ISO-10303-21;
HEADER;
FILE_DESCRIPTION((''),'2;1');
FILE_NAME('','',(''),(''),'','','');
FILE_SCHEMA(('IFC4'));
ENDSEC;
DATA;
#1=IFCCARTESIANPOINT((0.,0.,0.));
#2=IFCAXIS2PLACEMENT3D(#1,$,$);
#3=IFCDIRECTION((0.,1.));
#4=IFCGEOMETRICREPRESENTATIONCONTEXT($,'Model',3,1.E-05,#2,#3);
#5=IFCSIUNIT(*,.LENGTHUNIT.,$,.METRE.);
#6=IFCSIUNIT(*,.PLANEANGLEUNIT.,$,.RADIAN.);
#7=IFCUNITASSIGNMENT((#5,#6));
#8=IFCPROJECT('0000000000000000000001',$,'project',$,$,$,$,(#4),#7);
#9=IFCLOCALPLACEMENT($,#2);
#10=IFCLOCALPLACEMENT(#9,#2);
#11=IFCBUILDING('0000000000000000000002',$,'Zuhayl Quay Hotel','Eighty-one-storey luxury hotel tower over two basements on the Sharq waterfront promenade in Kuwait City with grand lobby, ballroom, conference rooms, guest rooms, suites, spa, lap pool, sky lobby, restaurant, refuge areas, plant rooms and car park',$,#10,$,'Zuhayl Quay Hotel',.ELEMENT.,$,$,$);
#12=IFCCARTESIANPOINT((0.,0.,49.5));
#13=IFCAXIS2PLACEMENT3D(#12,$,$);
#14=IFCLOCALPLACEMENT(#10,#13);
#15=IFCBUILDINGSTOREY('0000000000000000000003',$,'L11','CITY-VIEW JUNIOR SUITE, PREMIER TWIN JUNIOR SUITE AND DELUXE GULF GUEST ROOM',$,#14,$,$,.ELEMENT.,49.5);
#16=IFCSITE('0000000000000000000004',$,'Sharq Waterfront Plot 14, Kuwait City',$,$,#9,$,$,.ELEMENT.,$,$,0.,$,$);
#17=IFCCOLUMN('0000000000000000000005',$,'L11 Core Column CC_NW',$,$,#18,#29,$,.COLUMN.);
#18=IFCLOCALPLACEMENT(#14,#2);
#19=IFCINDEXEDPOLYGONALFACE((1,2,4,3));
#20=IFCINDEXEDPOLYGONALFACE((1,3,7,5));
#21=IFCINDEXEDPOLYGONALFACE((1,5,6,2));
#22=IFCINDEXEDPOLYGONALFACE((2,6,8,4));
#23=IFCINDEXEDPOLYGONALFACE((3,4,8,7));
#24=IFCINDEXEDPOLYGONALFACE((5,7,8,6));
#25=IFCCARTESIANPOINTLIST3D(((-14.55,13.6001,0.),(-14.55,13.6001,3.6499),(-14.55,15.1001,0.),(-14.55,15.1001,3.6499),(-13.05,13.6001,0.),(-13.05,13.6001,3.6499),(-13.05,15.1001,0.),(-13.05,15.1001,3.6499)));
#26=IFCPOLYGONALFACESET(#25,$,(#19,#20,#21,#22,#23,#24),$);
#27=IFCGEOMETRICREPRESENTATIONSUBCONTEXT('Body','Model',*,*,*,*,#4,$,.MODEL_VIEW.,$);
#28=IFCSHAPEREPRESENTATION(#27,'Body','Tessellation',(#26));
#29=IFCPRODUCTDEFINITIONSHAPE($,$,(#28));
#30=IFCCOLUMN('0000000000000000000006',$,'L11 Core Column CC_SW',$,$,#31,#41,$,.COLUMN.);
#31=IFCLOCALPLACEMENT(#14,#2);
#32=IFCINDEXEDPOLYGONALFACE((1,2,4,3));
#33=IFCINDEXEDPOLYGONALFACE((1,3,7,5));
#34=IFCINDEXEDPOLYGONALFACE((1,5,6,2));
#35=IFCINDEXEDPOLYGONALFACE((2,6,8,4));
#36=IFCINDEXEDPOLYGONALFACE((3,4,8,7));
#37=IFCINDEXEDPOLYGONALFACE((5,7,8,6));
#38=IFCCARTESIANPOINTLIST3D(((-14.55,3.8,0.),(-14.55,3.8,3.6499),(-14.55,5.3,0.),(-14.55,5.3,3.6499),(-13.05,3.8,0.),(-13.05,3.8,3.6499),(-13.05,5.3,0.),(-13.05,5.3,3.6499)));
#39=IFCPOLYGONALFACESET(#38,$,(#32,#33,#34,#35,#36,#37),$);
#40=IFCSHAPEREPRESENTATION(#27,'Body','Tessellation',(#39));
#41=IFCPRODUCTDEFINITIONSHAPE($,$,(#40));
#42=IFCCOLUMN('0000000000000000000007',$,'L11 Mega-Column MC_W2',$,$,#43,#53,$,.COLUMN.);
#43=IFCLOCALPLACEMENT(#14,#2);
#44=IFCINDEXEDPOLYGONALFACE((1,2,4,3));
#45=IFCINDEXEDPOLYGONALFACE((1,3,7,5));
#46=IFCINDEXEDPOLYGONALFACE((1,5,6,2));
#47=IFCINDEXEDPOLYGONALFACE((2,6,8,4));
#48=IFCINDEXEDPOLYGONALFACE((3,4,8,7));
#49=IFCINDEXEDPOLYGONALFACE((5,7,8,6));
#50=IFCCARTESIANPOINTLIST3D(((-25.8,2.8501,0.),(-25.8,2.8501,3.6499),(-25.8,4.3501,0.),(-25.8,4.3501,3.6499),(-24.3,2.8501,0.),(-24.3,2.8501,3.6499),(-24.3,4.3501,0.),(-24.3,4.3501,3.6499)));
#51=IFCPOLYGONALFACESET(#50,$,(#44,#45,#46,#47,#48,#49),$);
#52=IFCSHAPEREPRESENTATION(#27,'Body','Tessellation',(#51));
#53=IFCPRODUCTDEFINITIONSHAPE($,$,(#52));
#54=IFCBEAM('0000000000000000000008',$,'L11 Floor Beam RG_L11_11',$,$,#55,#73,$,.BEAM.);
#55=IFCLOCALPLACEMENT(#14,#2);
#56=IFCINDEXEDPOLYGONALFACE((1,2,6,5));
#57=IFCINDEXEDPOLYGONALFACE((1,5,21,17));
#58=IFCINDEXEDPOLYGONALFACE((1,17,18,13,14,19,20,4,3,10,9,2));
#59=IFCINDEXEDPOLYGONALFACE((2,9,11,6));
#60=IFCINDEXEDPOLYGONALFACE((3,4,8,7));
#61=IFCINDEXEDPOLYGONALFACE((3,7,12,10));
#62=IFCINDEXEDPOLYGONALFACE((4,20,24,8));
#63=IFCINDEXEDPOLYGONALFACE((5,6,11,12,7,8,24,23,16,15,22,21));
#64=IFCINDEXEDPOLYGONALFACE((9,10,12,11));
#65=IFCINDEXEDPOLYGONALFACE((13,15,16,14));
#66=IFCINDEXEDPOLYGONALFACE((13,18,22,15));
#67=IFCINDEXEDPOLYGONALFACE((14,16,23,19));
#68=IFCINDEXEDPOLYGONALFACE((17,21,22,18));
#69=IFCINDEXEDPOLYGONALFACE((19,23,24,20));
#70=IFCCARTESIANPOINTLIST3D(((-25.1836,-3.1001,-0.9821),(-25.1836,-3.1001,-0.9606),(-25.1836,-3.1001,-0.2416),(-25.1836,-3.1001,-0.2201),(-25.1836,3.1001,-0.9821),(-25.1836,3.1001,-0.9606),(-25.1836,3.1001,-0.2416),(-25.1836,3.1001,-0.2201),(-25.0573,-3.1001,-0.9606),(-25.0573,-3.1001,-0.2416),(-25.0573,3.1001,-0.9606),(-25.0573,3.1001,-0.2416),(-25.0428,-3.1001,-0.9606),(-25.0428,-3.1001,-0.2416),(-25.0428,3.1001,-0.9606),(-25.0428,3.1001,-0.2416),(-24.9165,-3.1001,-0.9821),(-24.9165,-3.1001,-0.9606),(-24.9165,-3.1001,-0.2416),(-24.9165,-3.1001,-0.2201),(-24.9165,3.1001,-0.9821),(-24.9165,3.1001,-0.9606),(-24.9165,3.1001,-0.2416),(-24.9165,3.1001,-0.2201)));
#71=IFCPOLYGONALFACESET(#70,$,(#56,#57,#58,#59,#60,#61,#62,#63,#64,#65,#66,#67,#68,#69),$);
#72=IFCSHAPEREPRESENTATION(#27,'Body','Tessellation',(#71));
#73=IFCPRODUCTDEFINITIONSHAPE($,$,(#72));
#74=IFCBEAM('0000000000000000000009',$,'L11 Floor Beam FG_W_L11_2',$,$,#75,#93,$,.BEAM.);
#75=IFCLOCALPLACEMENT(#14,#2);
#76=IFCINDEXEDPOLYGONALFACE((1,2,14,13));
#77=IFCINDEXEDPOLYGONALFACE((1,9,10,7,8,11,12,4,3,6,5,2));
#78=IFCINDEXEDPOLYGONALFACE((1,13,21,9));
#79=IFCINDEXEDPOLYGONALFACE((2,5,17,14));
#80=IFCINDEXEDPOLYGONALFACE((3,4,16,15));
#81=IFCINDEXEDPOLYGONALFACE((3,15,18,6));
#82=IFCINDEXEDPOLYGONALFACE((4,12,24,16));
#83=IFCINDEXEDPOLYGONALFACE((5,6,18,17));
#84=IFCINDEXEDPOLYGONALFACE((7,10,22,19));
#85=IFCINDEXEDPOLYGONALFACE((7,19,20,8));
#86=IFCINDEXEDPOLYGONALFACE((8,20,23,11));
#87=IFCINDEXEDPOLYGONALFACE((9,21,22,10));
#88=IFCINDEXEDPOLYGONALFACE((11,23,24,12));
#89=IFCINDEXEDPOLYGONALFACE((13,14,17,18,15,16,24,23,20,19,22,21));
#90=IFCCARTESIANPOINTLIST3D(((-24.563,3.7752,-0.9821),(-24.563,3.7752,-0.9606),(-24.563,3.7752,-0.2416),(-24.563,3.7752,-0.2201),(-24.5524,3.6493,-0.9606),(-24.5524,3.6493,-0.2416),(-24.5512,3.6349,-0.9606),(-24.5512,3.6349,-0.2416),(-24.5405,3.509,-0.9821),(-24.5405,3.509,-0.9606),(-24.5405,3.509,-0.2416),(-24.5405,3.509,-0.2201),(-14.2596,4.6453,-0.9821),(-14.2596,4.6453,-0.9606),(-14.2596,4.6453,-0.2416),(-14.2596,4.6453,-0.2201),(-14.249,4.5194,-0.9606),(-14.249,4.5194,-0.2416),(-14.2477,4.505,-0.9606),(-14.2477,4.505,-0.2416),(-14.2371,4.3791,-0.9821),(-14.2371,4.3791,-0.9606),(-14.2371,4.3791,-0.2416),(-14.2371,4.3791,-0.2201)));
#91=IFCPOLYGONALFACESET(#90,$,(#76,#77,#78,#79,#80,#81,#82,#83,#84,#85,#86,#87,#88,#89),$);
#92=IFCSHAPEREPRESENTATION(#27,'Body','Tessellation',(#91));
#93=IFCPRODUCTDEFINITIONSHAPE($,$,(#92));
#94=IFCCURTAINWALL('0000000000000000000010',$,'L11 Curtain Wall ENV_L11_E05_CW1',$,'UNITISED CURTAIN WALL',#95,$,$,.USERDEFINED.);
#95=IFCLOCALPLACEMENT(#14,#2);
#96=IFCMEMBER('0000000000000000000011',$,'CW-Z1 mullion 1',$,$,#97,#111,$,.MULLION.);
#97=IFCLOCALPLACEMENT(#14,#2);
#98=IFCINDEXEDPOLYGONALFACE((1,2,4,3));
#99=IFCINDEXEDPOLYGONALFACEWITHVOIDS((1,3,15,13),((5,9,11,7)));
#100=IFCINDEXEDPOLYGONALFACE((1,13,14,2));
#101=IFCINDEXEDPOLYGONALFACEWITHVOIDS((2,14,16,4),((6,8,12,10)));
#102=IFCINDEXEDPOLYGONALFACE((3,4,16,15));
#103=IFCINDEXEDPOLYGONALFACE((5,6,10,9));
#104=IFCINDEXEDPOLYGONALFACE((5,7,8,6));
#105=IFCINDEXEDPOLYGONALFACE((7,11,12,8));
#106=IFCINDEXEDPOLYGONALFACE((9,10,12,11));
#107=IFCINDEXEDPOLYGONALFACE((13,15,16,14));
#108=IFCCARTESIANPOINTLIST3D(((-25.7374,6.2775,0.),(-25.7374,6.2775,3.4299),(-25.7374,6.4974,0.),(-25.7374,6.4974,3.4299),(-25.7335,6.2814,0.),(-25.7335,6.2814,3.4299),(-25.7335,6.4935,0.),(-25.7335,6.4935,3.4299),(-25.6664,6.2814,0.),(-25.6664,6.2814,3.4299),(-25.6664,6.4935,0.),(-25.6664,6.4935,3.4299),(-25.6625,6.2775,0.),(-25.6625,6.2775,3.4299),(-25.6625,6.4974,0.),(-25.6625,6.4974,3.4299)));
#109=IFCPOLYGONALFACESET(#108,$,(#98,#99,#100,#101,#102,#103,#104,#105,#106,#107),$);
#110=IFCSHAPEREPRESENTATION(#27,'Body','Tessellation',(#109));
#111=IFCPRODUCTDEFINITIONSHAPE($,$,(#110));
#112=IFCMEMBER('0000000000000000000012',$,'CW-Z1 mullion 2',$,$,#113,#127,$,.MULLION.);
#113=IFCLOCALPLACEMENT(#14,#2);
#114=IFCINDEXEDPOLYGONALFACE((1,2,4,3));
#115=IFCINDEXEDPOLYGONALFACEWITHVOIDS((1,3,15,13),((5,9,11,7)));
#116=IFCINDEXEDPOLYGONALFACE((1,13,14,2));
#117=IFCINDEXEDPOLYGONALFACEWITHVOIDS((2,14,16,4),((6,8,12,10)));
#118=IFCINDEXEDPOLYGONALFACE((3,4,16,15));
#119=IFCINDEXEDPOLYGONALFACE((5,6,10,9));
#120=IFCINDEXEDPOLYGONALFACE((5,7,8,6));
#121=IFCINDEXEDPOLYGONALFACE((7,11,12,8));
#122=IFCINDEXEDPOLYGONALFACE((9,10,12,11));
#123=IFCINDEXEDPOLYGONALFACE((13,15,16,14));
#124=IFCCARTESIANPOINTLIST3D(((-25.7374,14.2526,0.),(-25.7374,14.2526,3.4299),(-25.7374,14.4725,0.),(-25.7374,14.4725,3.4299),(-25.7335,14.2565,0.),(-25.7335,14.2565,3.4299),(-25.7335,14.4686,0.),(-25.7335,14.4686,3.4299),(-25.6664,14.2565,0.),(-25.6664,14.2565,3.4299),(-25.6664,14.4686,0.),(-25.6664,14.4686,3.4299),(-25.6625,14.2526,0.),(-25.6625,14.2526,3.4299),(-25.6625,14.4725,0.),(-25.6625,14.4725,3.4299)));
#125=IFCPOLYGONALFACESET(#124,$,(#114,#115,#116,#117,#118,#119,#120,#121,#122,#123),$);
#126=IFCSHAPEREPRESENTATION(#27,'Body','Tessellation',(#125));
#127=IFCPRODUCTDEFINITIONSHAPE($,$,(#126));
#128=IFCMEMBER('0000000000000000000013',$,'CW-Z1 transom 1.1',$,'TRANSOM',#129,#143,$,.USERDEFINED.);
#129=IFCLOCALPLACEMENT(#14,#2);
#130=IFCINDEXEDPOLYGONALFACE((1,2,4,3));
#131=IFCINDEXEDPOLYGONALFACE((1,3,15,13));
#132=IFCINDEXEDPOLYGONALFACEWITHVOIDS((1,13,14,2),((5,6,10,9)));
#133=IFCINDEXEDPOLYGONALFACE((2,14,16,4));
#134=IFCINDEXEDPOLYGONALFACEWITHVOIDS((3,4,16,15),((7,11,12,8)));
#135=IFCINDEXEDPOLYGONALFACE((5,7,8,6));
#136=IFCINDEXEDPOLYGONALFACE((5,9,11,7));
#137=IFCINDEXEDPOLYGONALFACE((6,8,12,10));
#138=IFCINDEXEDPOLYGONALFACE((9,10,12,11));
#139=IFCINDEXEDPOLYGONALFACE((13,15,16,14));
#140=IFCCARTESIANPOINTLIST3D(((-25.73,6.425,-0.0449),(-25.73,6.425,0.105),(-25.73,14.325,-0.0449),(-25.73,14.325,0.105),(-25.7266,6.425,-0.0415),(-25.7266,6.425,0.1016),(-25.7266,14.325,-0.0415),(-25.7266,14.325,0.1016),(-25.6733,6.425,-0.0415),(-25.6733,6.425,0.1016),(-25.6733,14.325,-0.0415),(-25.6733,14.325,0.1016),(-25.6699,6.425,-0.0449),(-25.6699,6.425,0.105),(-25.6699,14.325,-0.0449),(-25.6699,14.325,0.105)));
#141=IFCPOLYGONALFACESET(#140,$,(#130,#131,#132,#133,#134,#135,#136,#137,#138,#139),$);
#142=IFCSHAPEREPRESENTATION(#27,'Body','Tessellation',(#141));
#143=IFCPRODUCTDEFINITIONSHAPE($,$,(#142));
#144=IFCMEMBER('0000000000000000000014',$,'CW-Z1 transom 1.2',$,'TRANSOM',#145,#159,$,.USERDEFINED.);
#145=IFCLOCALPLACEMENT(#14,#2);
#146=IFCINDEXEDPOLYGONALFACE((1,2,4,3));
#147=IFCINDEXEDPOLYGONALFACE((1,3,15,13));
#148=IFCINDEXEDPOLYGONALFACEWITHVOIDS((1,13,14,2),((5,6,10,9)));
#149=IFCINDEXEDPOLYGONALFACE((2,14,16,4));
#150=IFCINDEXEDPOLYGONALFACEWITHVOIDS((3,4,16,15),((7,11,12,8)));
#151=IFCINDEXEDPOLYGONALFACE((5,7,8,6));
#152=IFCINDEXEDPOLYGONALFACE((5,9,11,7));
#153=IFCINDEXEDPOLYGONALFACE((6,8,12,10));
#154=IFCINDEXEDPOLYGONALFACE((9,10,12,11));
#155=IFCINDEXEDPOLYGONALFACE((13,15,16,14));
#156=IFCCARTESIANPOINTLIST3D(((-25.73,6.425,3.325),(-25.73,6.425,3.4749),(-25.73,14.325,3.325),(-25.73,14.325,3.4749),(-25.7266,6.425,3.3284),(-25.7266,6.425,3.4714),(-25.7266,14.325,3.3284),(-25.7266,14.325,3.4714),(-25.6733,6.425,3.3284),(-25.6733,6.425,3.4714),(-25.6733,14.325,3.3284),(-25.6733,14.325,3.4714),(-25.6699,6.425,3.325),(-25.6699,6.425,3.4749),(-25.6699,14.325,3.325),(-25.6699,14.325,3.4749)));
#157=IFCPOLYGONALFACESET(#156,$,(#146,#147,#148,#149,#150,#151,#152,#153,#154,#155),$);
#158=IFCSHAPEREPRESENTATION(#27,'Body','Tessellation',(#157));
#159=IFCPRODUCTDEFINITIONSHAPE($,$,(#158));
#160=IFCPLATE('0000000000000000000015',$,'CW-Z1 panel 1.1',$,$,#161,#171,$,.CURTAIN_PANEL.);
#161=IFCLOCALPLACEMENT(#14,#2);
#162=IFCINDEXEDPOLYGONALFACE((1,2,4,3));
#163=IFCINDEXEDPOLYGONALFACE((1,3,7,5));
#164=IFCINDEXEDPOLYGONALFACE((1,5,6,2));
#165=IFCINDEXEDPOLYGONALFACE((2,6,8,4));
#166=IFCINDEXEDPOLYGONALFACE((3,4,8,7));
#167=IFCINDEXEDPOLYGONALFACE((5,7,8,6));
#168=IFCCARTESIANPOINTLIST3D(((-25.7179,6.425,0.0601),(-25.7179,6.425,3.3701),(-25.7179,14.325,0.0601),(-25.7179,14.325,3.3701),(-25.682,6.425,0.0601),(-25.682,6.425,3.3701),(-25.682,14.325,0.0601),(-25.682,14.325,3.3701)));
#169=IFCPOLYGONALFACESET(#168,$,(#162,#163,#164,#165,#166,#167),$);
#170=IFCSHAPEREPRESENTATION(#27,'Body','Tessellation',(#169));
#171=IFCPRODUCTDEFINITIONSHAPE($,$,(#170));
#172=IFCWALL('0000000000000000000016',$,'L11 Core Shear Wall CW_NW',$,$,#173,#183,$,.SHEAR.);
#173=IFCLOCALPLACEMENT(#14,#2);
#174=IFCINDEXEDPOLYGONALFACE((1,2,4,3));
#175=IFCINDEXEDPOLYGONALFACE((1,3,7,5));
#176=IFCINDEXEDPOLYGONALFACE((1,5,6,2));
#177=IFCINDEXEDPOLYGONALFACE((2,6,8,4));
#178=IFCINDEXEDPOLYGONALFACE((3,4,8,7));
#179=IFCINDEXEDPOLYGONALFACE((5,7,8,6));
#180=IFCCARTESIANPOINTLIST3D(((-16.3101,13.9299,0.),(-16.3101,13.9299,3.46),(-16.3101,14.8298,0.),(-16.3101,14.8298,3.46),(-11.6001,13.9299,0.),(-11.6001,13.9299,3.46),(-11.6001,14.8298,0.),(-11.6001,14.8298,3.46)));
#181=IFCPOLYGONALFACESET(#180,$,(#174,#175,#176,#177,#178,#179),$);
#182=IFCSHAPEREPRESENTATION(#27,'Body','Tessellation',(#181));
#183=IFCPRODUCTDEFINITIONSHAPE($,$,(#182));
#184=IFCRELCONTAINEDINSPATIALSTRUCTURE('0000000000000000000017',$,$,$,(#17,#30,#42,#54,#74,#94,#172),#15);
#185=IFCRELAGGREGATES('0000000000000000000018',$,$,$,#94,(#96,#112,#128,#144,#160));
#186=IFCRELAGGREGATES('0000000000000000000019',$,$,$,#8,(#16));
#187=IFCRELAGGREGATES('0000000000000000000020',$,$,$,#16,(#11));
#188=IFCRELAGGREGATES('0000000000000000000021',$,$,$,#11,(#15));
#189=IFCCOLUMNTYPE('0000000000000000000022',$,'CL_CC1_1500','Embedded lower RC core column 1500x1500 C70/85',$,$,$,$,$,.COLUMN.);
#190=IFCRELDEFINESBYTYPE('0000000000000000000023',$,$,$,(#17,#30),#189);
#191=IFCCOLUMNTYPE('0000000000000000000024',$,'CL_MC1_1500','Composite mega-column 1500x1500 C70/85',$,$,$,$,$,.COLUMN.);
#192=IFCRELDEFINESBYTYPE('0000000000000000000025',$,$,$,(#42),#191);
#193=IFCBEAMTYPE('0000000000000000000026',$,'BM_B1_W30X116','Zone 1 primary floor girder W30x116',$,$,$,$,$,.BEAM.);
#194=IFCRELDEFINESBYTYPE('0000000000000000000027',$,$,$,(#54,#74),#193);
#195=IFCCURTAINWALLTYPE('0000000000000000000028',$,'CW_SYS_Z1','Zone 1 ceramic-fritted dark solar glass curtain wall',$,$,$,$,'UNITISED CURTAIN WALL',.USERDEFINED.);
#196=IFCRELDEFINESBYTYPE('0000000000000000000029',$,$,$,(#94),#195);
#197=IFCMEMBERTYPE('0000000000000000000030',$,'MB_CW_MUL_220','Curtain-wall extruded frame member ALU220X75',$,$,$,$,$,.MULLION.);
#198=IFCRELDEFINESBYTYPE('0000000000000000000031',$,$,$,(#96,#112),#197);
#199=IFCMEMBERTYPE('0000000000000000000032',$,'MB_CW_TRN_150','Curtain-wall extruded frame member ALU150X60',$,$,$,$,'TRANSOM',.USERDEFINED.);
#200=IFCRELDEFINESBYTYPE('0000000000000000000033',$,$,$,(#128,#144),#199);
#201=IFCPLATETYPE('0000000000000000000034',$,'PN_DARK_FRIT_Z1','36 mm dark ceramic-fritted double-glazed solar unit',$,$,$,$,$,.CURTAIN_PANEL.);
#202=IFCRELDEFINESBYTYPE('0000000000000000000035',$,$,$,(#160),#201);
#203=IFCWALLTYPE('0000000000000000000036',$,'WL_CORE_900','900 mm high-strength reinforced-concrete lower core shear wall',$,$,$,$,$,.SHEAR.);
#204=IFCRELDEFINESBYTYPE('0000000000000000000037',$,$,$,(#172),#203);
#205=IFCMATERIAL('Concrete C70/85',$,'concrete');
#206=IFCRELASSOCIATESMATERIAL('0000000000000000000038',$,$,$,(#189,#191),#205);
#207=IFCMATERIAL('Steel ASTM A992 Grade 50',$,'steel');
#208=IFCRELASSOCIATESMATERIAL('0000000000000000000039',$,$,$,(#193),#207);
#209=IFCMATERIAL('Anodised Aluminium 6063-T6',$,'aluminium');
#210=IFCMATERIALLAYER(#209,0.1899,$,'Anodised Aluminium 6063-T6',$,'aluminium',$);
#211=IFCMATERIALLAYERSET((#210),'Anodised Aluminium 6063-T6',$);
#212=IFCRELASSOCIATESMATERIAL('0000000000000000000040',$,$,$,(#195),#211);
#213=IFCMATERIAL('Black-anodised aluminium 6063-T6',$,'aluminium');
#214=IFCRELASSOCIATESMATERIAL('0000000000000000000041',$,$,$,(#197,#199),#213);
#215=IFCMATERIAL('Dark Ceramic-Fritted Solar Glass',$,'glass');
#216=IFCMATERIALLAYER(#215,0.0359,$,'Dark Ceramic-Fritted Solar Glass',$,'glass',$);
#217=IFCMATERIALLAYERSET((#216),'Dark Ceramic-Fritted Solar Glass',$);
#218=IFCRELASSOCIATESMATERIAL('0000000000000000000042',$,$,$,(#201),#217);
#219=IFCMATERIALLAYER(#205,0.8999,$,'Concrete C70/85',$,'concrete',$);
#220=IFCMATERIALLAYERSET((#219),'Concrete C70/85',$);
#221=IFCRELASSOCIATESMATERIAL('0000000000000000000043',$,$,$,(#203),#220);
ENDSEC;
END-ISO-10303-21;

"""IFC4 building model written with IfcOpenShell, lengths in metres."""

from ifc_helpers import new_model, si_unit, direction, frame, frame_2d, origin, origin_2d, place, context, subcontext, project, spatial, rectangle, hollow_rectangle, i_section, extrude, material, layer, layer_set, material_profile, profile_set, type_object, element, aggregate, save


model = new_model("IFC4")

# Units and contexts
model_context = context("Model", 3, precision=1e-05, world=origin(), true_north=direction((0.0, 1.0)))
body_context = subcontext(model_context, "Body", "Model", "MODEL_VIEW")
ifc_project = project(units=[si_unit("LENGTHUNIT", "METRE"), si_unit("PLANEANGLEUNIT", "RADIAN")], contexts=[model_context])

# Site, building, storey
site_placement = place(None, origin())
site = spatial("IfcSite", under=ifc_project, at=site_placement, Name="Sharq Waterfront Plot 14, Kuwait City", CompositionType="ELEMENT", RefElevation=0.0)
building_placement = place(site_placement, origin())
building = spatial("IfcBuilding", under=site, at=building_placement, Name="Zuhayl Quay Hotel", Description="Eighty-one-storey luxury hotel tower over two basements on the Sharq waterfront promenade in Kuwait City with grand lobby, ballroom, conference rooms, guest rooms, suites, spa, lap pool, sky lobby, restaurant, refuge areas, plant rooms and car park", LongName="Zuhayl Quay Hotel", CompositionType="ELEMENT")
storey_placement = place(building_placement, frame((0.0, 0.0, 49.5)))
storey = spatial("IfcBuildingStorey", under=building, at=storey_placement, Name="L11", Description="CITY-VIEW JUNIOR SUITE, PREMIER TWIN JUNIOR SUITE AND DELUXE GULF GUEST ROOM", CompositionType="ELEMENT", Elevation=49.5)

# Columns
ifc_material_1 = material(Name="Concrete C70/85", Category="concrete")
ifc_material_profile_1 = material_profile(ifc_material_1, rectangle(XDim=1.5, YDim=1.5, at=origin_2d()), Name="RC1500X1500")
ifc_profile_set_1 = profile_set([ifc_material_profile_1], Name="Concrete C70/85")
column_type_1 = type_object("IfcColumnType", Name="CL_CC1_1500", Description="Embedded lower RC core column 1500x1500 C70/85", PredefinedType="COLUMN", material=ifc_profile_set_1)
for number, where, z_axis, x_axis, name in (
    (1, (-13.8, 14.3501, 0.0), (0.0, 0.0, 1.0), (1.0, 0.0, 0.0), "L11 Core Column CC_NW"),
    (2, (-13.8, 4.55, 0.0), (0.0, 0.0, 1.0), (1.0, 0.0, 0.0), "L11 Core Column CC_SW"),
):
    element("IfcColumn", number, at=place(storey_placement, frame(where, z_axis=z_axis, x_axis=x_axis)), inside=storey, type_object=column_type_1, Name=name, PredefinedType="COLUMN", context=body_context, shape_type="SweptSolid", body=[
        extrude(rectangle(XDim=1.5, YDim=1.5, at=origin_2d()), origin(), (0.0, 0.0, 1.0), 3.6499),
    ])
ifc_material_profile_2 = material_profile(ifc_material_1, rectangle(XDim=1.5, YDim=1.5, at=origin_2d()), Name="RC1500X1500")
ifc_profile_set_2 = profile_set([ifc_material_profile_2], Name="Concrete C70/85")
column_type_2 = type_object("IfcColumnType", Name="CL_MC1_1500", Description="Composite mega-column 1500x1500 C70/85", PredefinedType="COLUMN", material=ifc_profile_set_2)
column_placement = place(storey_placement, frame((-25.05, 3.6001, 0.0), z_axis=(0.0, 0.0, 1.0), x_axis=(1.0, 0.0, 0.0)))
element("IfcColumn", 3, at=column_placement, inside=storey, type_object=column_type_2, Name="L11 Mega-Column MC_W2", PredefinedType="COLUMN", context=body_context, shape_type="SweptSolid", body=[
    extrude(rectangle(XDim=1.5, YDim=1.5, at=origin_2d()), origin(), (0.0, 0.0, 1.0), 3.6499),
])

# Beams
ifc_material_2 = material(Name="Steel ASTM A992 Grade 50", Category="steel")
ifc_material_profile_3 = material_profile(ifc_material_2, i_section(OverallWidth=0.2671, OverallDepth=0.762, WebThickness=0.0144, FlangeThickness=0.0215, at=origin_2d()), Name="W30X116")
ifc_profile_set_3 = profile_set([ifc_material_profile_3], Name="Steel ASTM A992 Grade 50")
beam_type = type_object("IfcBeamType", Name="BM_B1_W30X116", Description="Zone 1 primary floor girder W30x116", PredefinedType="BEAM", material=ifc_profile_set_3)
beam_1_placement = place(storey_placement, frame((-25.05, 3.1001, -0.6011), z_axis=(0.0, -1.0, 0.0), x_axis=(1.0, 0.0, 0.0)))
element("IfcBeam", 4, at=beam_1_placement, inside=storey, type_object=beam_type, Name="L11 Floor Beam RG_L11_11", PredefinedType="BEAM", context=body_context, shape_type="SweptSolid", body=[
    extrude(i_section(OverallWidth=0.2671, OverallDepth=0.762, WebThickness=0.0144, FlangeThickness=0.0215, at=origin_2d()), origin(), (0.0, 0.0, 1.0), 6.2002),
])
beam_2_placement = place(storey_placement, frame((-24.5518, 3.6421, -0.6011), z_axis=(0.996453, 0.084149, 0.0), x_axis=(-0.084149, 0.996453, 0.0)))
element("IfcBeam", 5, at=beam_2_placement, inside=storey, type_object=beam_type, Name="L11 Floor Beam FG_W_L11_2", PredefinedType="BEAM", context=body_context, shape_type="SweptSolid", body=[
    extrude(i_section(OverallWidth=0.2671, OverallDepth=0.762, WebThickness=0.0144, FlangeThickness=0.0215, at=origin_2d()), origin(), (0.0, 0.0, 1.0), 10.3401),
])

# Curtain wall, members, plate
ifc_material_3 = material(Name="Anodised Aluminium 6063-T6", Category="aluminium")
ifc_layer_1 = layer(ifc_material_3, 0.1899, Name="Anodised Aluminium 6063-T6", Category="aluminium")
ifc_layer_set_1 = layer_set([ifc_layer_1], Name="Anodised Aluminium 6063-T6")
curtain_wall_type = type_object("IfcCurtainWallType", Name="CW_SYS_Z1", Description="Zone 1 ceramic-fritted dark solar glass curtain wall", ElementType="UNITISED CURTAIN WALL", PredefinedType="USERDEFINED", material=ifc_layer_set_1)
curtain_wall_placement = place(storey_placement, origin())
curtain_wall = element("IfcCurtainWall", 6, at=curtain_wall_placement, inside=storey, type_object=curtain_wall_type, Name="L11 Curtain Wall ENV_L11_E05_CW1", ObjectType="UNITISED CURTAIN WALL", PredefinedType="USERDEFINED")
ifc_material_4 = material(Name="Black-anodised aluminium 6063-T6", Category="aluminium")
ifc_material_profile_4 = material_profile(ifc_material_4, hollow_rectangle(XDim=0.075, YDim=0.22, WallThickness=0.0039, at=origin_2d()), Name="ALU220X75")
ifc_profile_set_4 = profile_set([ifc_material_profile_4], Name="Black-anodised aluminium 6063-T6")
member_type_1 = type_object("IfcMemberType", Name="MB_CW_MUL_220", Description="Curtain-wall extruded frame member ALU220X75", PredefinedType="MULLION", material=ifc_profile_set_4)
member_1_placement = place(storey_placement, frame((-25.7, 6.3875, 0.0), z_axis=(0.0, 0.0, 1.0), x_axis=(-1.0, 0.0, 0.0)))
member_1 = element("IfcMember", 7, at=member_1_placement, type_object=member_type_1, Name="CW-Z1 mullion 1", PredefinedType="MULLION", context=body_context, shape_type="SweptSolid", body=[
    extrude(hollow_rectangle(XDim=0.075, YDim=0.22, WallThickness=0.0039, at=origin_2d()), origin(), (0.0, 0.0, 1.0), 3.4299),
])
member_2_placement = place(storey_placement, frame((-25.7, 14.3625, 0.0), z_axis=(0.0, 0.0, 1.0), x_axis=(-1.0, 0.0, 0.0)))
member_2 = element("IfcMember", 8, at=member_2_placement, type_object=member_type_1, Name="CW-Z1 mullion 2", PredefinedType="MULLION", context=body_context, shape_type="SweptSolid", body=[
    extrude(hollow_rectangle(XDim=0.075, YDim=0.22, WallThickness=0.0039, at=origin_2d()), origin(), (0.0, 0.0, 1.0), 3.4299),
])
ifc_material_profile_5 = material_profile(ifc_material_4, hollow_rectangle(XDim=0.0601, YDim=0.1499, WallThickness=0.0034, at=origin_2d()), Name="ALU150X60")
ifc_profile_set_5 = profile_set([ifc_material_profile_5], Name="Black-anodised aluminium 6063-T6")
member_type_2 = type_object("IfcMemberType", Name="MB_CW_TRN_150", Description="Curtain-wall extruded frame member ALU150X60", ElementType="TRANSOM", PredefinedType="USERDEFINED", material=ifc_profile_set_5)
member_3_placement = place(storey_placement, frame((-25.7, 6.425, 0.03), z_axis=(0.0, 1.0, 0.0), x_axis=(-1.0, 0.0, 0.0)))
member_3 = element("IfcMember", 9, at=member_3_placement, type_object=member_type_2, Name="CW-Z1 transom 1.1", ObjectType="TRANSOM", PredefinedType="USERDEFINED", context=body_context, shape_type="SweptSolid", body=[
    extrude(hollow_rectangle(XDim=0.0601, YDim=0.1499, WallThickness=0.0034, at=origin_2d()), origin(), (0.0, 0.0, 1.0), 7.8999),
])
member_4_placement = place(storey_placement, frame((-25.7, 6.425, 3.3999), z_axis=(0.0, 1.0, 0.0), x_axis=(-1.0, 0.0, 0.0)))
member_4 = element("IfcMember", 10, at=member_4_placement, type_object=member_type_2, Name="CW-Z1 transom 1.2", ObjectType="TRANSOM", PredefinedType="USERDEFINED", context=body_context, shape_type="SweptSolid", body=[
    extrude(hollow_rectangle(XDim=0.0601, YDim=0.1499, WallThickness=0.0034, at=origin_2d()), origin(), (0.0, 0.0, 1.0), 7.8999),
])
ifc_material_5 = material(Name="Dark Ceramic-Fritted Solar Glass", Category="glass")
ifc_layer_2 = layer(ifc_material_5, 0.0359, Name="Dark Ceramic-Fritted Solar Glass", Category="glass")
ifc_layer_set_2 = layer_set([ifc_layer_2], Name="Dark Ceramic-Fritted Solar Glass")
plate_type = type_object("IfcPlateType", Name="PN_DARK_FRIT_Z1", Description="36 mm dark ceramic-fritted double-glazed solar unit", PredefinedType="CURTAIN_PANEL", material=ifc_layer_set_2)
plate_placement = place(storey_placement, frame((-25.7, 10.375, 0.0601), z_axis=(0.0, 0.0, 1.0), x_axis=(0.0, 1.0, 0.0)))
plate = element("IfcPlate", 11, at=plate_placement, type_object=plate_type, Name="CW-Z1 panel 1.1", PredefinedType="CURTAIN_PANEL", context=body_context, shape_type="SweptSolid", body=[
    extrude(rectangle(XDim=7.8999, YDim=0.0359, at=origin_2d()), origin(), (0.0, 0.0, 1.0), 3.3101),
])
aggregate(curtain_wall, [member_1, member_2, member_3, member_4, plate])

# Wall
ifc_layer_3 = layer(ifc_material_1, 0.8999, Name="Concrete C70/85", Category="concrete")
ifc_layer_set_3 = layer_set([ifc_layer_3], Name="Concrete C70/85")
wall_type_1 = type_object("IfcWallType", Name="WL_CORE_900", Description="900 mm high-strength reinforced-concrete lower core shear wall", PredefinedType="SHEAR", material=ifc_layer_set_3)
wall_1_placement = place(storey_placement, frame((-16.3101, 14.3799, 0.0), z_axis=(0.0, 0.0, 1.0), x_axis=(1.0, 0.0, 0.0)))
element("IfcWall", 12, at=wall_1_placement, inside=storey, type_object=wall_type_1, Name="L11 Core Shear Wall CW_NW", PredefinedType="SHEAR", context=body_context, shape_type="SweptSolid", body=[
    extrude(rectangle(XDim=4.71, YDim=0.8999, at=frame_2d((2.355, 0.0))), origin(), (0.0, 0.0, 1.0), 3.46),
])

save(model, "model.ifc")
